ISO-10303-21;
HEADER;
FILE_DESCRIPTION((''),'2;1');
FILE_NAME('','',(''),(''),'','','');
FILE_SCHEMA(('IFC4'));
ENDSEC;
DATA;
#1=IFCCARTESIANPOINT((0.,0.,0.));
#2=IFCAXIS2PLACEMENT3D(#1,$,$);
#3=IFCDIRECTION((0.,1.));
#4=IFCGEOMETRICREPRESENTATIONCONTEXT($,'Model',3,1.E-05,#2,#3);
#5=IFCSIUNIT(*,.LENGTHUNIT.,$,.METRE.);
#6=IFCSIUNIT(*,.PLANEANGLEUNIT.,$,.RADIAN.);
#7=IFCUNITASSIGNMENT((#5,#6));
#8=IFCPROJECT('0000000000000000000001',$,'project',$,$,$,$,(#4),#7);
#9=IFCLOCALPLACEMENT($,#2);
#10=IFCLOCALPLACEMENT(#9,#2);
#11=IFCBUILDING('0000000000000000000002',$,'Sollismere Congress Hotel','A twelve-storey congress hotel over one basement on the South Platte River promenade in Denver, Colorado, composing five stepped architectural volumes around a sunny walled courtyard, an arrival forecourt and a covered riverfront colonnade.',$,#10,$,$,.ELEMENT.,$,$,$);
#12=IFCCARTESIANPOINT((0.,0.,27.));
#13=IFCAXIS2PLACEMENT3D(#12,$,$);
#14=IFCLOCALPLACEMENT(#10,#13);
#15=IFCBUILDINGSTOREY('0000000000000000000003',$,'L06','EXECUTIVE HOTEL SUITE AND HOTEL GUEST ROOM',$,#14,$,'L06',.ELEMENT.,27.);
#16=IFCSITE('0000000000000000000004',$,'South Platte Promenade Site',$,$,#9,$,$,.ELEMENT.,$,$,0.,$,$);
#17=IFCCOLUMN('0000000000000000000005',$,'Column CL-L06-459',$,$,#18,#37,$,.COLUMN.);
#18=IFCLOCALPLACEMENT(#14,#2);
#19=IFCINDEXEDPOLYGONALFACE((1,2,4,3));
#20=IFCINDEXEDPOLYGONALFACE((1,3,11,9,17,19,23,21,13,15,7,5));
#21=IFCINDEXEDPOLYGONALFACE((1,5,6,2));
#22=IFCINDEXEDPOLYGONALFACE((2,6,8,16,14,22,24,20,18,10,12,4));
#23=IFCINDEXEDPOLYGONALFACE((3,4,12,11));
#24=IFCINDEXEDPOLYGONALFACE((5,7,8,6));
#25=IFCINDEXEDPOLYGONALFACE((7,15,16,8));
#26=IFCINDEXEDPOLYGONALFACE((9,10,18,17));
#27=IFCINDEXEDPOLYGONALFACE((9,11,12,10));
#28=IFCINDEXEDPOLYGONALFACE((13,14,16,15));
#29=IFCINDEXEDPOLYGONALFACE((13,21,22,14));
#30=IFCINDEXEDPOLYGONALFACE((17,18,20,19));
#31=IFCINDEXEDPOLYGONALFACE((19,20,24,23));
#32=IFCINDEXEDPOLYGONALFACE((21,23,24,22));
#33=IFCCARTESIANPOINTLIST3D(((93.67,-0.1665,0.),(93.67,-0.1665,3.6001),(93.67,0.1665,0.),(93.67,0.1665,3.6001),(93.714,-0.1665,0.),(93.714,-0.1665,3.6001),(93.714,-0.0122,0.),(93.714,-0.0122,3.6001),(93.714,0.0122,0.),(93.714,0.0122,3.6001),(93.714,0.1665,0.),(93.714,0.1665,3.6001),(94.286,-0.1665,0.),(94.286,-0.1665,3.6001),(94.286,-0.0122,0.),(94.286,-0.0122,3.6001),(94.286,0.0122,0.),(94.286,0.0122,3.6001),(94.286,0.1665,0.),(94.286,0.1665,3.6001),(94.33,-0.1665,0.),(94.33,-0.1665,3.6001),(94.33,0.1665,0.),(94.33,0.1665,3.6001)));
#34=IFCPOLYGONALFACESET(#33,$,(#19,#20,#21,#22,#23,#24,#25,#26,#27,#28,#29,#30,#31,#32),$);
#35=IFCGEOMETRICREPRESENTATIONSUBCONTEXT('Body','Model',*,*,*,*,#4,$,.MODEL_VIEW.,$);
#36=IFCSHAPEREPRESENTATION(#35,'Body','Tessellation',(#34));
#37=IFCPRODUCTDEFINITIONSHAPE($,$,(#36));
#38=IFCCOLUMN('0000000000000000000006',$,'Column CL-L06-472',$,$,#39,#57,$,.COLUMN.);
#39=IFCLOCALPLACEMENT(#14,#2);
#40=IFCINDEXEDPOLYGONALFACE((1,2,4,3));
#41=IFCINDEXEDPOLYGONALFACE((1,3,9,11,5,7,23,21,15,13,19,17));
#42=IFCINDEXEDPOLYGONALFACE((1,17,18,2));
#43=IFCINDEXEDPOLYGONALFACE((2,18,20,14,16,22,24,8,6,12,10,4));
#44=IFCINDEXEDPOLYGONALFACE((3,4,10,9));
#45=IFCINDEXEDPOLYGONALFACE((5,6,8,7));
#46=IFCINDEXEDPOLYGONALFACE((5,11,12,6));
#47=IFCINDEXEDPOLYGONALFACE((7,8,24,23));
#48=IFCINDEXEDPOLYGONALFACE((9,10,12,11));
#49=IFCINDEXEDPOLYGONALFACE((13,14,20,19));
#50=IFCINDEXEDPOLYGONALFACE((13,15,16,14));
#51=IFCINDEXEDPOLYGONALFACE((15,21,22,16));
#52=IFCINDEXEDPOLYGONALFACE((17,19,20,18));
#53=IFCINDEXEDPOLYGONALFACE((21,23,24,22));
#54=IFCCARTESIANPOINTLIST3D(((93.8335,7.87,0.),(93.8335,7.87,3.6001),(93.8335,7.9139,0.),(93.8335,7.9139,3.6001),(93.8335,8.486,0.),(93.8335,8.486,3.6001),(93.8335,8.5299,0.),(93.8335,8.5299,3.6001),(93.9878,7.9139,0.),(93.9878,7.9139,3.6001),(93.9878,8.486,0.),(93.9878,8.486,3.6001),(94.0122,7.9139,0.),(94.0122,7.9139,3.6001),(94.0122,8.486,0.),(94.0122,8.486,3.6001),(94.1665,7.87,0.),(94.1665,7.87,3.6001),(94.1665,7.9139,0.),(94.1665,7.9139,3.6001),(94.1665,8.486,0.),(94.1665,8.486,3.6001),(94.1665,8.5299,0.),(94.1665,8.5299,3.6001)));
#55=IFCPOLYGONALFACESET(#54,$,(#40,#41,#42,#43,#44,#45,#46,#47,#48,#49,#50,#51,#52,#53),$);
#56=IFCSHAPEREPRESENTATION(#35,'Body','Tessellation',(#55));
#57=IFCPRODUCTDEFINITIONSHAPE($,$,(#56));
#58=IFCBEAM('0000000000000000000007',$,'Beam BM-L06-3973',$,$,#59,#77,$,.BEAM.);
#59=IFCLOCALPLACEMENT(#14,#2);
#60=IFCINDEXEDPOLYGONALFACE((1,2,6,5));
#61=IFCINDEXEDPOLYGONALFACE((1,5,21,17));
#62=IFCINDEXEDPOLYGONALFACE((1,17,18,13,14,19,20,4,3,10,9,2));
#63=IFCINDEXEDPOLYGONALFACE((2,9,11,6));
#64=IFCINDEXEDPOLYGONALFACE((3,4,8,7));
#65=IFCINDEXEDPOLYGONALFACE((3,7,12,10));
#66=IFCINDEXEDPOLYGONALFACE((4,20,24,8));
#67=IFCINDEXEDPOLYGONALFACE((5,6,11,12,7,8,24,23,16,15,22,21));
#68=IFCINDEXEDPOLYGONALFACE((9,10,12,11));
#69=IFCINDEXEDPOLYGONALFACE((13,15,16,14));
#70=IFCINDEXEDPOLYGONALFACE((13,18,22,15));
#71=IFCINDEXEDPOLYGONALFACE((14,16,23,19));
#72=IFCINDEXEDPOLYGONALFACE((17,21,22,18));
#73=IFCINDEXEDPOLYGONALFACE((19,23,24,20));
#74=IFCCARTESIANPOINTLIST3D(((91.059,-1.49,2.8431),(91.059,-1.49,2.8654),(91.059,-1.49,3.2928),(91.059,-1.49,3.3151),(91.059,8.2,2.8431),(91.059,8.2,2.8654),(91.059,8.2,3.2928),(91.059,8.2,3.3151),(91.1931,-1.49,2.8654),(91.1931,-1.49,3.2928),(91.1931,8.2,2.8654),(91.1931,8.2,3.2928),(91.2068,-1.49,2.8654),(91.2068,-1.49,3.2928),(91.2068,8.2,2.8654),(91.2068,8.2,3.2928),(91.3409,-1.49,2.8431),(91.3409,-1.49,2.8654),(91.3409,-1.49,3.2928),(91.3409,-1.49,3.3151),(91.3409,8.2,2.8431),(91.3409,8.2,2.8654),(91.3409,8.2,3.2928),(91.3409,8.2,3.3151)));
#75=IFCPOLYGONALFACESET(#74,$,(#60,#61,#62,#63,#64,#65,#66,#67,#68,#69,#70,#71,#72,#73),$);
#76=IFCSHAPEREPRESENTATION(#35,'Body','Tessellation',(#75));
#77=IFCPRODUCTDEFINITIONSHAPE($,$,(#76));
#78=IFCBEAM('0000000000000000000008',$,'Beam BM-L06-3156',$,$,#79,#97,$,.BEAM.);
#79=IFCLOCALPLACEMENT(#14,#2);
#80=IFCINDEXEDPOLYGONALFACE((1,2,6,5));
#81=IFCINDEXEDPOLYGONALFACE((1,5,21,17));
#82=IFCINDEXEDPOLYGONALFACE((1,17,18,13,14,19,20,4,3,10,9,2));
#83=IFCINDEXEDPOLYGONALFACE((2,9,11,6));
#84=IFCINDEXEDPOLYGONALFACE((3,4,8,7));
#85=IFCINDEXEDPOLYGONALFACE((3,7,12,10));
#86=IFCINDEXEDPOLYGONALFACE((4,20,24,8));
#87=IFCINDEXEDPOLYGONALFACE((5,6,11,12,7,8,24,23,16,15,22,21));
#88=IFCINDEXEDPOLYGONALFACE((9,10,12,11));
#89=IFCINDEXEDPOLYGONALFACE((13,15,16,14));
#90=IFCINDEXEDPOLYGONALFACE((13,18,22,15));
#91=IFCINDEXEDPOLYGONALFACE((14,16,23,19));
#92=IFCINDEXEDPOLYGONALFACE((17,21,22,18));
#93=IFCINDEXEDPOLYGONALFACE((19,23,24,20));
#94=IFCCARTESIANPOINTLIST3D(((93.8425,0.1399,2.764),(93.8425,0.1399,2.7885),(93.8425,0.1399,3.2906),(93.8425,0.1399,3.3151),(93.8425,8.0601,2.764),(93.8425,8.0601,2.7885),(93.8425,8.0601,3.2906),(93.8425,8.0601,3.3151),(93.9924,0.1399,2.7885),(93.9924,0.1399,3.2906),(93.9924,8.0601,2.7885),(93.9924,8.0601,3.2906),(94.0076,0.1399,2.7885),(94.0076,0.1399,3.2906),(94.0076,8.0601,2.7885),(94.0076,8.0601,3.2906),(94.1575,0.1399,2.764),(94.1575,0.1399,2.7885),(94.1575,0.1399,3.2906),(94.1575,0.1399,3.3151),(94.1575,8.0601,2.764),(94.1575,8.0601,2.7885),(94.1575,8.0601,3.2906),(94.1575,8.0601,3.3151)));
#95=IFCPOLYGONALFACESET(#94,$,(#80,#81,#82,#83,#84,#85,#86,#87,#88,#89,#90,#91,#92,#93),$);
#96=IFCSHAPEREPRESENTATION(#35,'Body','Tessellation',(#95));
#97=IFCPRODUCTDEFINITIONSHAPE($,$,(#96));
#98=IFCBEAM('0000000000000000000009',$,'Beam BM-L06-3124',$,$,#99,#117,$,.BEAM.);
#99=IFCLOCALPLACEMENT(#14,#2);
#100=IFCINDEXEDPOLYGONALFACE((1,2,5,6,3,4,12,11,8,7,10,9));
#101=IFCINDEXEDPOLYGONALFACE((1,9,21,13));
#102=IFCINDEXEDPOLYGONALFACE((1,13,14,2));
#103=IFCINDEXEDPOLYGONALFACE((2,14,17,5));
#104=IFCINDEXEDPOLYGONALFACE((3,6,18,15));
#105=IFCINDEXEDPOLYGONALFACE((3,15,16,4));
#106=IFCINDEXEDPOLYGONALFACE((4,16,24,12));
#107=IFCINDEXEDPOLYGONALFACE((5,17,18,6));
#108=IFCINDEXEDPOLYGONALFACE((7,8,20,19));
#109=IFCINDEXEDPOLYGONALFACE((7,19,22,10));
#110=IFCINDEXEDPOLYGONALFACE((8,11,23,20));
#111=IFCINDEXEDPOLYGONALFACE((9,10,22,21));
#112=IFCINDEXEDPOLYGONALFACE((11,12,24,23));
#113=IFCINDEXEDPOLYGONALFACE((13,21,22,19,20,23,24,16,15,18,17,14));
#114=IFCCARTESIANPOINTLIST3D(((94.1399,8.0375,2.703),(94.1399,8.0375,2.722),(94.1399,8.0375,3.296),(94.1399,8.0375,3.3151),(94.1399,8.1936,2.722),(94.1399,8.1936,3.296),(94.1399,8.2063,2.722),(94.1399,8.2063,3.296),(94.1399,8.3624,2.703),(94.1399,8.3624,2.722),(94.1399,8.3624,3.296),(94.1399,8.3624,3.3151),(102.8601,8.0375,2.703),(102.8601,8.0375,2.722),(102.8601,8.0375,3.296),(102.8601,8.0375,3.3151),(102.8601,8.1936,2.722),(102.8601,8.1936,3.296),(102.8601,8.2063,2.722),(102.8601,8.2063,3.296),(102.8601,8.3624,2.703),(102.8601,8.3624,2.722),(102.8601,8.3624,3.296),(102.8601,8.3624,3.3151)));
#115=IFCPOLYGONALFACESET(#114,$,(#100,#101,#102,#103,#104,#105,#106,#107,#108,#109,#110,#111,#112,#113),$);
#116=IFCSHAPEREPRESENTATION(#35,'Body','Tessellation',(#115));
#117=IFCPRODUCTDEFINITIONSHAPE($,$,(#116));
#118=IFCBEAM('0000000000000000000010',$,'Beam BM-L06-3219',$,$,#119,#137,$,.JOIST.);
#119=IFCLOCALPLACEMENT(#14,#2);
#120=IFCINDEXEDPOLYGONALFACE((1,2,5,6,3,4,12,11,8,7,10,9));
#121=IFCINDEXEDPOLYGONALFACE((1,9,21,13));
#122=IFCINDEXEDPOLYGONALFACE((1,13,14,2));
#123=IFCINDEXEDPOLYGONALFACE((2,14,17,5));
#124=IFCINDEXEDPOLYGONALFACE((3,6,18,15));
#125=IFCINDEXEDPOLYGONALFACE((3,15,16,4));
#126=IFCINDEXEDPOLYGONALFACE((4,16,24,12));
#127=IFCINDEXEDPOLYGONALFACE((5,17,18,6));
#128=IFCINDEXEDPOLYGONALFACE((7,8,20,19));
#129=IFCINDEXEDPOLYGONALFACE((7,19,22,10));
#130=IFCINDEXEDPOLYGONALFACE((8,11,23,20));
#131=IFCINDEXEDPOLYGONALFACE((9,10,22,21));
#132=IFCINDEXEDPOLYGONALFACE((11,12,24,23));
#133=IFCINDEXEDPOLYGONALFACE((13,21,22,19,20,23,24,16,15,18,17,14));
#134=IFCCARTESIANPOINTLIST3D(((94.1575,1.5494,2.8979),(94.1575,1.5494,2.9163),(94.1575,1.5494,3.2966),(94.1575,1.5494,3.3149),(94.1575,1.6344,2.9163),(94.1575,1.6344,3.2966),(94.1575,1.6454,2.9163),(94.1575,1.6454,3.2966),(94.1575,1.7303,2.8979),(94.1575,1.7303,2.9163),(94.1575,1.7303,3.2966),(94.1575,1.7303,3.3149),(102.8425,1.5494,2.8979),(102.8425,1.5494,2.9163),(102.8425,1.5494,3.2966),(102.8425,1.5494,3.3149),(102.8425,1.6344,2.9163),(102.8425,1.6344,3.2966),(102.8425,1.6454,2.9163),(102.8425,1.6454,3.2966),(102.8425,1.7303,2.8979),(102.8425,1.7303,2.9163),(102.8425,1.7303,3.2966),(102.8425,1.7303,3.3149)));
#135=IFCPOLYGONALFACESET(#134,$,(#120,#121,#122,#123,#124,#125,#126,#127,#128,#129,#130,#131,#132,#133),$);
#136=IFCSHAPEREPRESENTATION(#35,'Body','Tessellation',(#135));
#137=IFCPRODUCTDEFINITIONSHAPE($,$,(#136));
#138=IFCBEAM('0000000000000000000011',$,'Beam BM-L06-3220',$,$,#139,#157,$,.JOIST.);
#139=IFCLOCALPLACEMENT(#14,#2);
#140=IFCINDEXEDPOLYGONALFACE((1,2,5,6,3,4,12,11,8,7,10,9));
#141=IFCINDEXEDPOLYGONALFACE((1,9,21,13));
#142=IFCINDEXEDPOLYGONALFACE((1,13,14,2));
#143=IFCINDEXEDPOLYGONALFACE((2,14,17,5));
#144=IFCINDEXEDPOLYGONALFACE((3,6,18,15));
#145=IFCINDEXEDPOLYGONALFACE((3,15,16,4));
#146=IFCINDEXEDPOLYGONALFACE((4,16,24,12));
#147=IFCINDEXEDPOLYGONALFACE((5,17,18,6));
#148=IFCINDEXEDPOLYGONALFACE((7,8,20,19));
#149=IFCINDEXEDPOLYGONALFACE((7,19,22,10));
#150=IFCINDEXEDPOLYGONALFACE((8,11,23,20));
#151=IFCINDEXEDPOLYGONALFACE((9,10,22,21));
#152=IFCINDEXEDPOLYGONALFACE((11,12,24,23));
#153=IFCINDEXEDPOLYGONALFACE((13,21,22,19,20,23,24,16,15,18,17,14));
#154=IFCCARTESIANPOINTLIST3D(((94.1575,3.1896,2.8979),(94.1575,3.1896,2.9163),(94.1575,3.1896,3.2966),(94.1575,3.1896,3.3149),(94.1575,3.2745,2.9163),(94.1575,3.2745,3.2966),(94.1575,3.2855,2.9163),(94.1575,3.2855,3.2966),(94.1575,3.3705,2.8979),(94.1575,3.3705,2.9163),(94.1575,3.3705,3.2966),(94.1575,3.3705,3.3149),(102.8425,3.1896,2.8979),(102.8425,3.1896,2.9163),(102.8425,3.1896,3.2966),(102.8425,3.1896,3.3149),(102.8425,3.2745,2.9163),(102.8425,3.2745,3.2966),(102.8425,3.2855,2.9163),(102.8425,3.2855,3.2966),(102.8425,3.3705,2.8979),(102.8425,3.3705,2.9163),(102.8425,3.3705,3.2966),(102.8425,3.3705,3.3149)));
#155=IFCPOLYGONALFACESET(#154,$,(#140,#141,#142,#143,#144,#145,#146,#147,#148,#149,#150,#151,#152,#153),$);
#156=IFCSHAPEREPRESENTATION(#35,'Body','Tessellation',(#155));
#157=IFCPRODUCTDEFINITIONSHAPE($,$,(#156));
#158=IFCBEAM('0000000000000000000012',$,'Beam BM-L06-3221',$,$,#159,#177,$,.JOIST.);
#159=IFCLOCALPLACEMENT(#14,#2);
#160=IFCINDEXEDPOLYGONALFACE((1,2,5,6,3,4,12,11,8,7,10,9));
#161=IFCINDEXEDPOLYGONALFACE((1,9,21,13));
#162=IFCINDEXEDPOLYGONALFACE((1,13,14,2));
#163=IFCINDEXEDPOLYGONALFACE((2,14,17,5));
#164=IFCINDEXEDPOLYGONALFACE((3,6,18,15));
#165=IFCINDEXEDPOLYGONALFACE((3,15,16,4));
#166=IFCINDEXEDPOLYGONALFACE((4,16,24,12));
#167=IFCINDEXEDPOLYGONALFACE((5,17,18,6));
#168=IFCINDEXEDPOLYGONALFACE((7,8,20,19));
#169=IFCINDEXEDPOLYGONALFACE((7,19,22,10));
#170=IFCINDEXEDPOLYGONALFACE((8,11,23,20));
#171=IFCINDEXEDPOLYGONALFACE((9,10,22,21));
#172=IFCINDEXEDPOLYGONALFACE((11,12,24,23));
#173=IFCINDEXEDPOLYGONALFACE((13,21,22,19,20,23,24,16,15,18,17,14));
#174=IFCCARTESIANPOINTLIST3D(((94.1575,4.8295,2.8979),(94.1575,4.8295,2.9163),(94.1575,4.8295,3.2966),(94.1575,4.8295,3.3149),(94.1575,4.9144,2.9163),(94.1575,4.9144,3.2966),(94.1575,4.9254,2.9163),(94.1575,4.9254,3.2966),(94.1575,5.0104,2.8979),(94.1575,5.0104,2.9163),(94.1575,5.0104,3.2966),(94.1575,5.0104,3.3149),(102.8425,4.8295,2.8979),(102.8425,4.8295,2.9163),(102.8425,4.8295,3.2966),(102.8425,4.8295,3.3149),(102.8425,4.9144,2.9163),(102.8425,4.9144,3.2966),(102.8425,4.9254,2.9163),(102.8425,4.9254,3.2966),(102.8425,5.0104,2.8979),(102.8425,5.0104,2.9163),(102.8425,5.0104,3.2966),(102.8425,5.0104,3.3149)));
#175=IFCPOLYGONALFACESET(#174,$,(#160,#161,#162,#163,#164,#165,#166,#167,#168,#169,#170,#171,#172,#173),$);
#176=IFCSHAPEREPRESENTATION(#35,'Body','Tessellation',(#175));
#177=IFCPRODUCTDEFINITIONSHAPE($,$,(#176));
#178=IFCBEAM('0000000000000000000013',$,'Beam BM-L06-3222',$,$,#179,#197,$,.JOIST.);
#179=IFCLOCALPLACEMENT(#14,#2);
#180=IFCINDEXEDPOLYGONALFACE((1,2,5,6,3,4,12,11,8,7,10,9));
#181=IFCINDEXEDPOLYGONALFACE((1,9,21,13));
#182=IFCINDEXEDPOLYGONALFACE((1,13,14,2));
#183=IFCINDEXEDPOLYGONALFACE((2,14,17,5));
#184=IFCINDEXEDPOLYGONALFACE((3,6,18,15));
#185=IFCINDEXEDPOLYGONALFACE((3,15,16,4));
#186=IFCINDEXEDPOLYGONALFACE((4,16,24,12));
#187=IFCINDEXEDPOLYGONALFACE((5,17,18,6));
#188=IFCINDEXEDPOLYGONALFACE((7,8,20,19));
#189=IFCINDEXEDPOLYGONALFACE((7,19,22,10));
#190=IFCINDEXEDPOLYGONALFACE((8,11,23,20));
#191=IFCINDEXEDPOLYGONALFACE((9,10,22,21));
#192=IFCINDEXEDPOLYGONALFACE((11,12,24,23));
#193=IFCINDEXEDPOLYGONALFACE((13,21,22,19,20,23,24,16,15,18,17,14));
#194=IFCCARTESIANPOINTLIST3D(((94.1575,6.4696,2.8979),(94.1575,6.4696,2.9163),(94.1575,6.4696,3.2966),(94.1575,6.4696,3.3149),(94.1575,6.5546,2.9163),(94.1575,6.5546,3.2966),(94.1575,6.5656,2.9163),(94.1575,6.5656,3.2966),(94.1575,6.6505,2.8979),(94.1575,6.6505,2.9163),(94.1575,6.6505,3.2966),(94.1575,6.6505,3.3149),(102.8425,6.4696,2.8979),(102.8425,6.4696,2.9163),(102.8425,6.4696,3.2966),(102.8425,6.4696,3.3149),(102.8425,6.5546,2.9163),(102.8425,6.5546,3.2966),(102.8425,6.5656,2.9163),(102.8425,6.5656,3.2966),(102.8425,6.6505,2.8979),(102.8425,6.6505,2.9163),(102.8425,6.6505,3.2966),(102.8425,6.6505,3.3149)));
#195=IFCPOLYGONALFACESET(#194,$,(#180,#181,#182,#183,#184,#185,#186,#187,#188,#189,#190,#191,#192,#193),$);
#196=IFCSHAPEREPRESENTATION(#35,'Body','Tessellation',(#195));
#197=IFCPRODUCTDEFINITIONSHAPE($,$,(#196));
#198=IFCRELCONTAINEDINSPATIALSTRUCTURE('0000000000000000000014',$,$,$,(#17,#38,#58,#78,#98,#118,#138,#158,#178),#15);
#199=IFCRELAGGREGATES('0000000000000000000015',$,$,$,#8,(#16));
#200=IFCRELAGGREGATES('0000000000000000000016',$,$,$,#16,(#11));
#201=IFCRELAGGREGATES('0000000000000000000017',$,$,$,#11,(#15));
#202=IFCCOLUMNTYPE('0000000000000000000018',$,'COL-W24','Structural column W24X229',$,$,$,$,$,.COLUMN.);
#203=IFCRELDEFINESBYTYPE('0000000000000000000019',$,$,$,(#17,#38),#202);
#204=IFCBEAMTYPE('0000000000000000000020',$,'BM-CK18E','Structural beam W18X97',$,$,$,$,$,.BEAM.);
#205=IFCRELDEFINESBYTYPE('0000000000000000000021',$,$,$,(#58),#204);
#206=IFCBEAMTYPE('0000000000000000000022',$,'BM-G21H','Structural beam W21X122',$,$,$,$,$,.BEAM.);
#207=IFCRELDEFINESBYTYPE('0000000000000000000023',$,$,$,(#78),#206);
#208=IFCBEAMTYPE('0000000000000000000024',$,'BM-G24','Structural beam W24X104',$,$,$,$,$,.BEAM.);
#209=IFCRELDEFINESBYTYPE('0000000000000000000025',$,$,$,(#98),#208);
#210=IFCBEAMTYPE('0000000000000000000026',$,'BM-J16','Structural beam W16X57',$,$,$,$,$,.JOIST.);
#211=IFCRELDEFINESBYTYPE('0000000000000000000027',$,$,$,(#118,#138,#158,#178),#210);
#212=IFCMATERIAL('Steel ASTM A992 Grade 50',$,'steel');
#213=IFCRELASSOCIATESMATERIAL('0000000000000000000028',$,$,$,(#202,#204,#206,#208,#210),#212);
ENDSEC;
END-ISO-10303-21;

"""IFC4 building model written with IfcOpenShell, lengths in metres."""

from ifc_helpers import new_model, si_unit, direction, frame, origin, origin_2d, place, context, subcontext, project, spatial, i_section, extrude, material, material_profile, profile_set, type_object, element, save


model = new_model("IFC4")

# Units and contexts
model_context = context("Model", 3, precision=1e-05, world=origin(), true_north=direction((0.0, 1.0)))
body_context = subcontext(model_context, "Body", "Model", "MODEL_VIEW")
ifc_project = project(units=[si_unit("LENGTHUNIT", "METRE"), si_unit("PLANEANGLEUNIT", "RADIAN")], contexts=[model_context])

# Site, building, storey
site_placement = place(None, origin())
site = spatial("IfcSite", under=ifc_project, at=site_placement, Name="South Platte Promenade Site", CompositionType="ELEMENT", RefElevation=0.0)
building_placement = place(site_placement, origin())
building = spatial("IfcBuilding", under=site, at=building_placement, Name="Sollismere Congress Hotel", Description="A twelve-storey congress hotel over one basement on the South Platte River promenade in Denver, Colorado, composing five stepped architectural volumes around a sunny walled courtyard, an arrival forecourt and a covered riverfront colonnade.", CompositionType="ELEMENT")
storey_placement = place(building_placement, frame((0.0, 0.0, 27.0)))
storey = spatial("IfcBuildingStorey", under=building, at=storey_placement, Name="L06", Description="EXECUTIVE HOTEL SUITE AND HOTEL GUEST ROOM", LongName="L06", CompositionType="ELEMENT", Elevation=27.0)

# Columns
ifc_material_1 = material(Name="Steel ASTM A992 Grade 50", Category="steel")
ifc_material_profile_1 = material_profile(ifc_material_1, i_section(OverallWidth=0.333, OverallDepth=0.6599, WebThickness=0.0244, FlangeThickness=0.0439, at=origin_2d()), Name="W24X229")
ifc_profile_set_1 = profile_set([ifc_material_profile_1], Name="Steel ASTM A992 Grade 50")
column_type = type_object("IfcColumnType", Name="COL-W24", Description="Structural column W24X229", PredefinedType="COLUMN", material=ifc_profile_set_1)
for number, where, z_axis, x_axis, name in (
    (1, (94.0, 0.0, 0.0), (0.0, 0.0, 1.0), (0.0, 1.0, 0.0), "Column CL-L06-459"),
    (2, (94.0, 8.2, 0.0), (0.0, 0.0, 1.0), (1.0, 0.0, 0.0), "Column CL-L06-472"),
):
    element("IfcColumn", number, at=place(storey_placement, frame(where, z_axis=z_axis, x_axis=x_axis)), inside=storey, type_object=column_type, Name=name, PredefinedType="COLUMN", context=body_context, shape_type="SweptSolid", body=[
        extrude(i_section(OverallWidth=0.333, OverallDepth=0.6599, WebThickness=0.0244, FlangeThickness=0.0439, at=origin_2d()), origin(), (0.0, 0.0, 1.0), 3.6001),
    ])

# Beams
ifc_material_profile_2 = material_profile(ifc_material_1, i_section(OverallWidth=0.282, OverallDepth=0.4719, WebThickness=0.0137, FlangeThickness=0.0222, at=origin_2d()), Name="W18X97")
ifc_profile_set_2 = profile_set([ifc_material_profile_2], Name="Steel ASTM A992 Grade 50")
beam_type_1 = type_object("IfcBeamType", Name="BM-CK18E", Description="Structural beam W18X97", PredefinedType="BEAM", material=ifc_profile_set_2)
beam_1_placement = place(storey_placement, frame((91.2, 8.2, 3.0791), z_axis=(0.0, -1.0, 0.0), x_axis=(1.0, 0.0, 0.0)))
element("IfcBeam", 3, at=beam_1_placement, inside=storey, type_object=beam_type_1, Name="Beam BM-L06-3973", PredefinedType="BEAM", context=body_context, shape_type="SweptSolid", body=[
    extrude(i_section(OverallWidth=0.282, OverallDepth=0.4719, WebThickness=0.0137, FlangeThickness=0.0222, at=origin_2d()), origin(), (0.0, 0.0, 1.0), 9.6899),
])
ifc_material_profile_3 = material_profile(ifc_material_1, i_section(OverallWidth=0.3149, OverallDepth=0.551, WebThickness=0.0151, FlangeThickness=0.0244, at=origin_2d()), Name="W21X122")
ifc_profile_set_3 = profile_set([ifc_material_profile_3], Name="Steel ASTM A992 Grade 50")
beam_type_2 = type_object("IfcBeamType", Name="BM-G21H", Description="Structural beam W21X122", PredefinedType="BEAM", material=ifc_profile_set_3)
beam_2_placement = place(storey_placement, frame((94.0, 0.1399, 3.0396), z_axis=(0.0, 1.0, 0.0), x_axis=(-1.0, 0.0, 0.0)))
element("IfcBeam", 4, at=beam_2_placement, inside=storey, type_object=beam_type_2, Name="Beam BM-L06-3156", PredefinedType="BEAM", context=body_context, shape_type="SweptSolid", body=[
    extrude(i_section(OverallWidth=0.3149, OverallDepth=0.551, WebThickness=0.0151, FlangeThickness=0.0244, at=origin_2d()), origin(), (0.0, 0.0, 1.0), 7.9202),
])
ifc_material_profile_4 = material_profile(ifc_material_1, i_section(OverallWidth=0.325, OverallDepth=0.6121, WebThickness=0.0127, FlangeThickness=0.019, at=origin_2d()), Name="W24X104")
ifc_profile_set_4 = profile_set([ifc_material_profile_4], Name="Steel ASTM A992 Grade 50")
beam_type_3 = type_object("IfcBeamType", Name="BM-G24", Description="Structural beam W24X104", PredefinedType="BEAM", material=ifc_profile_set_4)
beam_3_placement = place(storey_placement, frame((94.1399, 8.2, 3.009), z_axis=(1.0, 0.0, 0.0), x_axis=(0.0, 1.0, 0.0)))
element("IfcBeam", 5, at=beam_3_placement, inside=storey, type_object=beam_type_3, Name="Beam BM-L06-3124", PredefinedType="BEAM", context=body_context, shape_type="SweptSolid", body=[
    extrude(i_section(OverallWidth=0.325, OverallDepth=0.6121, WebThickness=0.0127, FlangeThickness=0.019, at=origin_2d()), origin(), (0.0, 0.0, 1.0), 8.7202),
])
ifc_material_profile_5 = material_profile(ifc_material_1, i_section(OverallWidth=0.1809, OverallDepth=0.417, WebThickness=0.011, FlangeThickness=0.0183, at=origin_2d()), Name="W16X57")
ifc_profile_set_5 = profile_set([ifc_material_profile_5], Name="Steel ASTM A992 Grade 50")
beam_type_4 = type_object("IfcBeamType", Name="BM-J16", Description="Structural beam W16X57", PredefinedType="JOIST", material=ifc_profile_set_5)
for number, where, z_axis, x_axis, name in (
    (6, (94.1575, 1.6399, 3.1064), (1.0, 0.0, 0.0), (0.0, 1.0, 0.0), "Beam BM-L06-3219"),
    (7, (94.1575, 3.28, 3.1064), (1.0, 0.0, 0.0), (0.0, 1.0, 0.0), "Beam BM-L06-3220"),
    (8, (94.1575, 4.9199, 3.1064), (1.0, 0.0, 0.0), (0.0, 1.0, 0.0), "Beam BM-L06-3221"),
    (9, (94.1575, 6.5601, 3.1064), (1.0, 0.0, 0.0), (0.0, 1.0, 0.0), "Beam BM-L06-3222"),
):
    element("IfcBeam", number, at=place(storey_placement, frame(where, z_axis=z_axis, x_axis=x_axis)), inside=storey, type_object=beam_type_4, Name=name, PredefinedType="JOIST", context=body_context, shape_type="SweptSolid", body=[
        extrude(i_section(OverallWidth=0.1809, OverallDepth=0.417, WebThickness=0.011, FlangeThickness=0.0183, at=origin_2d()), origin(), (0.0, 0.0, 1.0), 8.6851),
    ])

save(model, "model.ifc")
